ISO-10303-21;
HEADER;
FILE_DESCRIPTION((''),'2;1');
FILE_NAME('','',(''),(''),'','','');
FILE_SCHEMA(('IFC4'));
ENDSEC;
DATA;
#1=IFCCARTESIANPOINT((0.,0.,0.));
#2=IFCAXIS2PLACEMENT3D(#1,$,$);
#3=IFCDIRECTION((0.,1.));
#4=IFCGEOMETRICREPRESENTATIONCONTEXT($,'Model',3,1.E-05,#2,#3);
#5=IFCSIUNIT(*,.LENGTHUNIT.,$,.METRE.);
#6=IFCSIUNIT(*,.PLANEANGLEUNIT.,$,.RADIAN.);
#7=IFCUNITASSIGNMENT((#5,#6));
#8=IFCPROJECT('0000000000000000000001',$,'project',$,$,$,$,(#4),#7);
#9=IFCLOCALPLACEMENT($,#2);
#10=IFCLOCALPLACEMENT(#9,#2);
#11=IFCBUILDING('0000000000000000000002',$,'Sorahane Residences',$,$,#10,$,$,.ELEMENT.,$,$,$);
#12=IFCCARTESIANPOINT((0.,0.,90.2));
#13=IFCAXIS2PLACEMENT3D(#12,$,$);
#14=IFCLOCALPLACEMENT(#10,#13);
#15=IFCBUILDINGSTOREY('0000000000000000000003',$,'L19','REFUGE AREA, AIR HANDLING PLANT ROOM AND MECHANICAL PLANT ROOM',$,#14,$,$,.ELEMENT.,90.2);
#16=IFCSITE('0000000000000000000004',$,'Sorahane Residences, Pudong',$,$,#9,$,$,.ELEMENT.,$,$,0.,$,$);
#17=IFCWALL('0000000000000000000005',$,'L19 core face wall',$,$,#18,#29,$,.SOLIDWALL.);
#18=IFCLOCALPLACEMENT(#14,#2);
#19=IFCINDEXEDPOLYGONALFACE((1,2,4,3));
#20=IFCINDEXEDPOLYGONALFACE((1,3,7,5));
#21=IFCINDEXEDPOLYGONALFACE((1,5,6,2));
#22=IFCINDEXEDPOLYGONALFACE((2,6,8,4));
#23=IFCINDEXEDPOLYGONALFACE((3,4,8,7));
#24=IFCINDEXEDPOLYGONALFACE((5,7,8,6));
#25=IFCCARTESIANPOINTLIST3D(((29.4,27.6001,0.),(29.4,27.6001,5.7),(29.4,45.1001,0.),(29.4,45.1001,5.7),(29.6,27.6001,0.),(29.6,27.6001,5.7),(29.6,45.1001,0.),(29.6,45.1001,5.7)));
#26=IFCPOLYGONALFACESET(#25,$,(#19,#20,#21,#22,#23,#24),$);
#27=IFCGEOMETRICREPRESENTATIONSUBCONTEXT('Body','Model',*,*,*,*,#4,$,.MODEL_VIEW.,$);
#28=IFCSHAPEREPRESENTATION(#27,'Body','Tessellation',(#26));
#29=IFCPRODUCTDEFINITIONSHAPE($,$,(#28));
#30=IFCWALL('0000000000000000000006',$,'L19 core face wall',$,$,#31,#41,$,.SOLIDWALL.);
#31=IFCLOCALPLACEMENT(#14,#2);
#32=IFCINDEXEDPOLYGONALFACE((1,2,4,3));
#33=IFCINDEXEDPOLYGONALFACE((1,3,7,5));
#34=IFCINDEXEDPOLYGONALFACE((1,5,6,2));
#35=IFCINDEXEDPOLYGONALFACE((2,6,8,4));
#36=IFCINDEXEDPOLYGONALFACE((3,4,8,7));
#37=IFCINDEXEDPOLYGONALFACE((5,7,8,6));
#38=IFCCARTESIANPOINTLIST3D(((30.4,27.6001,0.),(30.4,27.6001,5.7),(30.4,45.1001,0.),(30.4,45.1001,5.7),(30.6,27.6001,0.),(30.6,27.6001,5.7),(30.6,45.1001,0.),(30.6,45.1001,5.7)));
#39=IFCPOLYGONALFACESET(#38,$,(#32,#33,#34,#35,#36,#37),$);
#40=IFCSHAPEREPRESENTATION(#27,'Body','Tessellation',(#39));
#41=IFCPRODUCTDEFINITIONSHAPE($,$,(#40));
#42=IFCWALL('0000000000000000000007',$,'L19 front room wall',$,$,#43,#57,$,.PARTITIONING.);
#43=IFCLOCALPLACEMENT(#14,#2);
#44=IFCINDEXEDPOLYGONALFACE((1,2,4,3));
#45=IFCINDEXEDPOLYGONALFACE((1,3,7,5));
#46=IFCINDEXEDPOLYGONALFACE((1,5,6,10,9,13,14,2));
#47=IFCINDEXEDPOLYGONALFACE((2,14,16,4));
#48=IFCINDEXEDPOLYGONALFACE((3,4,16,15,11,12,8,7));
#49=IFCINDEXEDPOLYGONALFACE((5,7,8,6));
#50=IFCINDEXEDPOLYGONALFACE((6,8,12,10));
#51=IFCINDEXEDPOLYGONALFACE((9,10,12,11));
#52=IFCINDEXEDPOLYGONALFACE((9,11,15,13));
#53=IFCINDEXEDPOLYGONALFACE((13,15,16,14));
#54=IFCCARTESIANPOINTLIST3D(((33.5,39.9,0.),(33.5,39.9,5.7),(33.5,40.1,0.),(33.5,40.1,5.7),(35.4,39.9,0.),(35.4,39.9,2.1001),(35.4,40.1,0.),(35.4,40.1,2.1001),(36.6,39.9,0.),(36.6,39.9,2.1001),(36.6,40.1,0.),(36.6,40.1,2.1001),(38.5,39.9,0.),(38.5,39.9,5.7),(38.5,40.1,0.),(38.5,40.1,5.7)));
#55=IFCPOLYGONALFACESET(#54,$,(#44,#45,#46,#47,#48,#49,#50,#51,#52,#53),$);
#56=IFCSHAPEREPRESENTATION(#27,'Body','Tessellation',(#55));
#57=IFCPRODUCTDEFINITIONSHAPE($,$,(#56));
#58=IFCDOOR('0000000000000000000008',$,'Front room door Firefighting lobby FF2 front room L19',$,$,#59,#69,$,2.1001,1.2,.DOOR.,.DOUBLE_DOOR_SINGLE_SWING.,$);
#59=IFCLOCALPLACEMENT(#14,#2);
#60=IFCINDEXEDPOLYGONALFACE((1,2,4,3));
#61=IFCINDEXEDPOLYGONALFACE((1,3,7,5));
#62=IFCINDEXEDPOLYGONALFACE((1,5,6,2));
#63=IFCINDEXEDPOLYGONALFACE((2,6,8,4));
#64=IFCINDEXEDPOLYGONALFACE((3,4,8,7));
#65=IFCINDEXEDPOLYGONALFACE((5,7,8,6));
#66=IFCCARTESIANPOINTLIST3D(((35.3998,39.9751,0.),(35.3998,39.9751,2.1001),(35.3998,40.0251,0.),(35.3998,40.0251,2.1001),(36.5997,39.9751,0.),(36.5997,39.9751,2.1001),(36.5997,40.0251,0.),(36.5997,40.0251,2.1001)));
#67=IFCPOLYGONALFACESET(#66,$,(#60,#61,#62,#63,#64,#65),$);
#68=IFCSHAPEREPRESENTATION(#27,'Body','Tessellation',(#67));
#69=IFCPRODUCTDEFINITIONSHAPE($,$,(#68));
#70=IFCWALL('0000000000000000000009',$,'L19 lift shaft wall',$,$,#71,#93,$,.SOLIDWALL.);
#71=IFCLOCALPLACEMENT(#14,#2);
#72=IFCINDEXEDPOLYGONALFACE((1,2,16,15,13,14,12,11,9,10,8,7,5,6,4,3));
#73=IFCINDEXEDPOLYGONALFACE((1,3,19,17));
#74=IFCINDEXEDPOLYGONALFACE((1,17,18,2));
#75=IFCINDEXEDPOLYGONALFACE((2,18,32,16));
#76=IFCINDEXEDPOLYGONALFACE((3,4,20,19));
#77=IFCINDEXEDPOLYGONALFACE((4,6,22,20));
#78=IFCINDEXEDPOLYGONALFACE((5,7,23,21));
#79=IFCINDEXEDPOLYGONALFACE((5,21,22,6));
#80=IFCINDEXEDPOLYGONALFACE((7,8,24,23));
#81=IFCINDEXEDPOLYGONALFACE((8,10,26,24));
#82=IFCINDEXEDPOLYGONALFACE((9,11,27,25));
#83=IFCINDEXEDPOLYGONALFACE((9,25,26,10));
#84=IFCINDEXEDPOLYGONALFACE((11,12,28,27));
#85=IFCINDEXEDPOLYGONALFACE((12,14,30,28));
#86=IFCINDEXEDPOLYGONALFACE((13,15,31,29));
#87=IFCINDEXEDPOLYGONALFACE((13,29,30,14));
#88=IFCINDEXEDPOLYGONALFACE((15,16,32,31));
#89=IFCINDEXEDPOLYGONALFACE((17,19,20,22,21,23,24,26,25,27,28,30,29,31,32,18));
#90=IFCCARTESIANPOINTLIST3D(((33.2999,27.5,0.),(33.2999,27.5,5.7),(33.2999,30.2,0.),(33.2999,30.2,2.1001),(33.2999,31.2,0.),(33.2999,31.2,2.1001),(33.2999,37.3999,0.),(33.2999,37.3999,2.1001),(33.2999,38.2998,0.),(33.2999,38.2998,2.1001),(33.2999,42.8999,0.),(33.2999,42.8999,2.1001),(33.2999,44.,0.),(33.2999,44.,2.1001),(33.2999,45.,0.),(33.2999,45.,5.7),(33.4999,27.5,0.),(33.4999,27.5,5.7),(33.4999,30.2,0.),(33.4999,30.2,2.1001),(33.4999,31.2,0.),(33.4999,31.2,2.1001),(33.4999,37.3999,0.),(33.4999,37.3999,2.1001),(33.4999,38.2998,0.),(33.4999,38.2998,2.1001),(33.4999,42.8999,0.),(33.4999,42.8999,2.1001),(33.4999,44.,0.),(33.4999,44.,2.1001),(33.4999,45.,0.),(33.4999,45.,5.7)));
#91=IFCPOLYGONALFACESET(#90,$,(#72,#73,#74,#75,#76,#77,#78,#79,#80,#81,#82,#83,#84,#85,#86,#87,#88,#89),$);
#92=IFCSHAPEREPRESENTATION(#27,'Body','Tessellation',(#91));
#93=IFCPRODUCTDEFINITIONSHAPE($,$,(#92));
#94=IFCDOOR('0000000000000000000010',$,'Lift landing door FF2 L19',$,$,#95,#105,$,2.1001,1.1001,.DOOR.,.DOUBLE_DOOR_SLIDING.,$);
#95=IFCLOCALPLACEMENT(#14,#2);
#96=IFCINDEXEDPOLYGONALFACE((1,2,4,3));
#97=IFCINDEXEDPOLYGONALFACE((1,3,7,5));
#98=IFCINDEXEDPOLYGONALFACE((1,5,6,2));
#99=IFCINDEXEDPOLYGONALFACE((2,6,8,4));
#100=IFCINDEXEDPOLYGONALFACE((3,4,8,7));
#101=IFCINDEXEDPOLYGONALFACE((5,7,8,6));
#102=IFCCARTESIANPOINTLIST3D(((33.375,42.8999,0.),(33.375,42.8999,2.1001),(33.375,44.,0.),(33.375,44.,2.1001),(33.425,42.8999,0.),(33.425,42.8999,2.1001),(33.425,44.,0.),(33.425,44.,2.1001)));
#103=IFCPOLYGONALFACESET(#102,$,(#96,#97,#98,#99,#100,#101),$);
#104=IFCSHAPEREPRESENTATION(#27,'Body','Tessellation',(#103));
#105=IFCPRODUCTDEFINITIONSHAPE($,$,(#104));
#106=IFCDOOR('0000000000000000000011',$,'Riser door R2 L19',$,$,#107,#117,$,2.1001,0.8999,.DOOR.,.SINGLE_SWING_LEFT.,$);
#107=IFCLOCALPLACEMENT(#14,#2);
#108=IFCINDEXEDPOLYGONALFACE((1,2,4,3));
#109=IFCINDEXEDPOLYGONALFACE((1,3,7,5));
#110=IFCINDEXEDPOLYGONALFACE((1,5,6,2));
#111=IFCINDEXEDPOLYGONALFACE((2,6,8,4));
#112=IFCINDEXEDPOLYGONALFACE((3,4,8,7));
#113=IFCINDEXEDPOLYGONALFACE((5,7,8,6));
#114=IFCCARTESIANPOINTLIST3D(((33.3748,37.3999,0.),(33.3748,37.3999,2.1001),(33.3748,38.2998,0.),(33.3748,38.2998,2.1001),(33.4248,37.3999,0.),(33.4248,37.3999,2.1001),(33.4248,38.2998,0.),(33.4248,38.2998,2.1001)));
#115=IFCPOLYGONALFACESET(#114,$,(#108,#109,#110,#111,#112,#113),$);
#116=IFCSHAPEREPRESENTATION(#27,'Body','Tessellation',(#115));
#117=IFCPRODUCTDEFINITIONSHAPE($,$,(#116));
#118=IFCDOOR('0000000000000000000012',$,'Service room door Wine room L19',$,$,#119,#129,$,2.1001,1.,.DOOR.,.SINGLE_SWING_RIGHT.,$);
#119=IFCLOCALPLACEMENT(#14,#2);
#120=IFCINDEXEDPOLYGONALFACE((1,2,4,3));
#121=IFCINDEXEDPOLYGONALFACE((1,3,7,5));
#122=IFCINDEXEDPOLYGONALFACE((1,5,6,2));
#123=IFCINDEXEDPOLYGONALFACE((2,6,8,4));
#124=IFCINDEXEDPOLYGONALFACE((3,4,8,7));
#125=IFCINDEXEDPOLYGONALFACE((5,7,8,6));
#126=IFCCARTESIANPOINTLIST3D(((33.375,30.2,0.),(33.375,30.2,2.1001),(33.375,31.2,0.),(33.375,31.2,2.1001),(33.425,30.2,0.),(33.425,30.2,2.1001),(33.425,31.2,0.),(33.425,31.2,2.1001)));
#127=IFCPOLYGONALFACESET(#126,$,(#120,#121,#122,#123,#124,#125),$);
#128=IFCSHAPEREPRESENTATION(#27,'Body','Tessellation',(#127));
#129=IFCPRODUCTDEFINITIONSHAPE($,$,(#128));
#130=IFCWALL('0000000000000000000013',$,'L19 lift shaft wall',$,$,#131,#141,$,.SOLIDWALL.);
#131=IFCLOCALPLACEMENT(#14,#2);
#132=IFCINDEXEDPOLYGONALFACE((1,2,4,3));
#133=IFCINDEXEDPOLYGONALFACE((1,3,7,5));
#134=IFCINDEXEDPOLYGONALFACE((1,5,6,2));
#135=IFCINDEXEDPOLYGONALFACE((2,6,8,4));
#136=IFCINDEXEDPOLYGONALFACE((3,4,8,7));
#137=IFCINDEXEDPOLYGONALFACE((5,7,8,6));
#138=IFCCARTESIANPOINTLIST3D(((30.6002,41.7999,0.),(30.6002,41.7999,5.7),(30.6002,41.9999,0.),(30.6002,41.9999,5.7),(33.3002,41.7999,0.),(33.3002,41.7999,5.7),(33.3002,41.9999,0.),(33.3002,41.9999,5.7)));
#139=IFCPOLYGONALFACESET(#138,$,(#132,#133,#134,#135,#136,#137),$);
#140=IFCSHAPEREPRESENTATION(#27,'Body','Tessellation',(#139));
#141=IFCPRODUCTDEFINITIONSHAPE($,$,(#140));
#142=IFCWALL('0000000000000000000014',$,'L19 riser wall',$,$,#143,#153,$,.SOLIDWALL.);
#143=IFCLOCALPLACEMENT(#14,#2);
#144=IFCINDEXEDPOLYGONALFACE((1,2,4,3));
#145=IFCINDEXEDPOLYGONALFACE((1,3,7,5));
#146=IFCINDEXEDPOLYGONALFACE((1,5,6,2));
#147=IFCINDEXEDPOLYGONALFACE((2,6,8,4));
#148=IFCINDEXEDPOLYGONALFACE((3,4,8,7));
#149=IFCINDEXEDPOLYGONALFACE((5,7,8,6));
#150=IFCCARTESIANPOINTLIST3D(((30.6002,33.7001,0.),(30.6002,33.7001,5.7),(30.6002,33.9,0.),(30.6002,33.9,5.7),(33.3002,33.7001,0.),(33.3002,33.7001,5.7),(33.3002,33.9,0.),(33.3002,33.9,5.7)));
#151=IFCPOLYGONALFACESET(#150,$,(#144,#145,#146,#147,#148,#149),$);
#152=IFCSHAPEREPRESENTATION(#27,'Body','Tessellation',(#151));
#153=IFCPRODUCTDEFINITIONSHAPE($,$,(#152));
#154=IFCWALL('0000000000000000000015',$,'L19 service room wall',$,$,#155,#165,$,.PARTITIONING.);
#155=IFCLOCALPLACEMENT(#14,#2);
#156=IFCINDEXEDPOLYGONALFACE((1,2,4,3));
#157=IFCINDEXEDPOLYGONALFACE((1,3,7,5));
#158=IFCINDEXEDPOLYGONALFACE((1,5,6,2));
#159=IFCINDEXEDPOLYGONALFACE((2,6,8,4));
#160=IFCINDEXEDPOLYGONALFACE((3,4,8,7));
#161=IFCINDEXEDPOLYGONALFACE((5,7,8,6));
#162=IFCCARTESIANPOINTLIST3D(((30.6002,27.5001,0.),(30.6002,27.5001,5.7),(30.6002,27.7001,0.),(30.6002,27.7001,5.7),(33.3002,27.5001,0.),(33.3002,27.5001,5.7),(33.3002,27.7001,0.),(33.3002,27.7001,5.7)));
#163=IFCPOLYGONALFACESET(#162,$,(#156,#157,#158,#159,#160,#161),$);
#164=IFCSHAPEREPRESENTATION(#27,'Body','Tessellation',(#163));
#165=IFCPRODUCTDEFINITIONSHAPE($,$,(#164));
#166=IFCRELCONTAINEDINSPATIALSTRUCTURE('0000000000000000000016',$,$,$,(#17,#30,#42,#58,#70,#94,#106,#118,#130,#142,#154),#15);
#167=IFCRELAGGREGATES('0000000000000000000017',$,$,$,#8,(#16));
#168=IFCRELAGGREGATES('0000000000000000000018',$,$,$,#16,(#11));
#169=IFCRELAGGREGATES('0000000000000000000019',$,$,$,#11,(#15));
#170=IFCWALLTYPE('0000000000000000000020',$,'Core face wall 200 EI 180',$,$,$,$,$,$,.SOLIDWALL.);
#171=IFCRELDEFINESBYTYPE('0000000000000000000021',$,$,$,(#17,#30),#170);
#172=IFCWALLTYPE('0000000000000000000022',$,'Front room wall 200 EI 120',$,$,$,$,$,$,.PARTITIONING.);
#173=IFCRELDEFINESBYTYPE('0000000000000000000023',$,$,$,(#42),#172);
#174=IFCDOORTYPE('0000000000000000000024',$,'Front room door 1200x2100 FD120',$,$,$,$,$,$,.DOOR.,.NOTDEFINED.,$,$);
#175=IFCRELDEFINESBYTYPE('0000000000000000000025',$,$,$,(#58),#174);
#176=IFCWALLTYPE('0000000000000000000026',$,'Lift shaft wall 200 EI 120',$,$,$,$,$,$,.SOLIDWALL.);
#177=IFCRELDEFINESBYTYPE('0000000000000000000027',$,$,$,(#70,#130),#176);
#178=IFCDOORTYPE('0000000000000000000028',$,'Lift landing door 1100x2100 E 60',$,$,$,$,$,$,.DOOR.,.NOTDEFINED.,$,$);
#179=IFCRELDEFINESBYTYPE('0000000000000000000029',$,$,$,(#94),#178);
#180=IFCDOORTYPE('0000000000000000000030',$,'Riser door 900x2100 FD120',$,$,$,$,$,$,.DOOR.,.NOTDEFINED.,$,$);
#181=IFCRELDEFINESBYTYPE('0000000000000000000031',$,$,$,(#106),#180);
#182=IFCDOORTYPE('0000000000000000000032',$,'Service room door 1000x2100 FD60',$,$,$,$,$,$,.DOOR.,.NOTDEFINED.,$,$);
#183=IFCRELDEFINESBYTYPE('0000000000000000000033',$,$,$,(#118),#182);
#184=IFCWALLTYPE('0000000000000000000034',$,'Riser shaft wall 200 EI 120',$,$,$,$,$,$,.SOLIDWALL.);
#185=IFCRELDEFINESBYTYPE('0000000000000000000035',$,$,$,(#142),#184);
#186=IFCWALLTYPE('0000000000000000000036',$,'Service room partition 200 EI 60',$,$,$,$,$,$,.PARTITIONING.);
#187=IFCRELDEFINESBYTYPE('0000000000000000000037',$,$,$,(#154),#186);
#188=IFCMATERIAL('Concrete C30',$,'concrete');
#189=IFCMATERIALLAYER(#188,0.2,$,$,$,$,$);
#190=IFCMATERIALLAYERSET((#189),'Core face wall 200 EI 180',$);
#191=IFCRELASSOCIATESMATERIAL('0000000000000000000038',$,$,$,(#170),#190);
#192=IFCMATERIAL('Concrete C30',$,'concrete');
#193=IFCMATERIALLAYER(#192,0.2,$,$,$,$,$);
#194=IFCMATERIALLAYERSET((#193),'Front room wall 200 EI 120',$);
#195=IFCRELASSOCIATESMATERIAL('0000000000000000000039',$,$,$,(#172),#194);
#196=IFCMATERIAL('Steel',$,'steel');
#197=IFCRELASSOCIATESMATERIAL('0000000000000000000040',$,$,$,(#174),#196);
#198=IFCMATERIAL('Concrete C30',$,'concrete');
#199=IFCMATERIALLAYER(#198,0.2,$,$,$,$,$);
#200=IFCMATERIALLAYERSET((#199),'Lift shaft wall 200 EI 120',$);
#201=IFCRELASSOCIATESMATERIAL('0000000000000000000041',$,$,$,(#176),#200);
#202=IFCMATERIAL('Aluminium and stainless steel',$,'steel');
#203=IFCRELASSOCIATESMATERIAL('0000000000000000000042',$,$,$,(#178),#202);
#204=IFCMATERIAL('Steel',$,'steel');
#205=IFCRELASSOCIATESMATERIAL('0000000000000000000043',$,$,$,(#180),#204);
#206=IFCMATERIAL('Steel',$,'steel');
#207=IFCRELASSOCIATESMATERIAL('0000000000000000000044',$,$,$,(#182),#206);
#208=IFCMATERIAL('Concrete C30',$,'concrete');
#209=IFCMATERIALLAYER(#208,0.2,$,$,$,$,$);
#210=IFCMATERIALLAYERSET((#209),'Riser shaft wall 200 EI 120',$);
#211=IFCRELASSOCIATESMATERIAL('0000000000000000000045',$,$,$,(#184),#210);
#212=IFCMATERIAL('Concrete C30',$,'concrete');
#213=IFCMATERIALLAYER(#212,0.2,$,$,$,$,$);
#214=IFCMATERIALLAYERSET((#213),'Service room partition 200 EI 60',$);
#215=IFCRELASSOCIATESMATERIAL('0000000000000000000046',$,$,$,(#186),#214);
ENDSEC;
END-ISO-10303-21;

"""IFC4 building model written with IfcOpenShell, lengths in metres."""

from ifc_helpers import new_model, si_unit, direction, frame, frame_2d, origin, place, context, subcontext, project, spatial, rectangle, extrude, material, layer, layer_set, type_object, element, fill, save


model = new_model("IFC4")

# Units and contexts
model_context = context("Model", 3, precision=1e-05, world=origin(), true_north=direction((0.0, 1.0)))
body_context = subcontext(model_context, "Body", "Model", "MODEL_VIEW")
ifc_project = project(units=[si_unit("LENGTHUNIT", "METRE"), si_unit("PLANEANGLEUNIT", "RADIAN")], contexts=[model_context])

# Site, building, storey
site_placement = place(None, origin())
site = spatial("IfcSite", under=ifc_project, at=site_placement, Name="Sorahane Residences, Pudong", CompositionType="ELEMENT", RefElevation=0.0)
building_placement = place(site_placement, origin())
building = spatial("IfcBuilding", under=site, at=building_placement, Name="Sorahane Residences", CompositionType="ELEMENT")
storey_placement = place(building_placement, frame((0.0, 0.0, 90.2)))
storey = spatial("IfcBuildingStorey", under=building, at=storey_placement, Name="L19", Description="REFUGE AREA, AIR HANDLING PLANT ROOM AND MECHANICAL PLANT ROOM", CompositionType="ELEMENT", Elevation=90.2)

# Walls
ifc_material_1 = material(Name="Concrete C30", Category="concrete")
ifc_layer_1 = layer(ifc_material_1, 0.2)
ifc_layer_set_1 = layer_set([ifc_layer_1], Name="Core face wall 200 EI 180")
wall_type_1 = type_object("IfcWallType", Name="Core face wall 200 EI 180", PredefinedType="SOLIDWALL", material=ifc_layer_set_1)
for number, where, z_axis, x_axis, name in (
    (1, (29.5, 27.6001, 0.0), (0.0, 0.0, 1.0), (0.0, 1.0, 0.0), "L19 core face wall"),
    (2, (30.5, 27.6001, 0.0), (0.0, 0.0, 1.0), (0.0, 1.0, 0.0), "L19 core face wall"),
):
    element("IfcWall", number, at=place(storey_placement, frame(where, z_axis=z_axis, x_axis=x_axis)), inside=storey, type_object=wall_type_1, Name=name, PredefinedType="SOLIDWALL", context=body_context, shape_type="SweptSolid", body=[
        extrude(rectangle(XDim=17.5, YDim=0.2, at=frame_2d((8.75, 0.0))), origin(), (0.0, 0.0, 1.0), 5.7),
    ])

# Wall, opening, door
ifc_material_2 = material(Name="Concrete C30", Category="concrete")
ifc_layer_2 = layer(ifc_material_2, 0.2)
ifc_layer_set_2 = layer_set([ifc_layer_2], Name="Front room wall 200 EI 120")
wall_type_2 = type_object("IfcWallType", Name="Front room wall 200 EI 120", PredefinedType="PARTITIONING", material=ifc_layer_set_2)
wall_1_placement = place(storey_placement, frame((33.5, 40.0, 0.0), z_axis=(0.0, 0.0, 1.0), x_axis=(1.0, 0.0, 0.0)))
wall_1 = element("IfcWall", 3, at=wall_1_placement, inside=storey, type_object=wall_type_2, Name="L19 front room wall", PredefinedType="PARTITIONING", context=body_context, shape_type="SweptSolid", body=[
    extrude(rectangle(XDim=5.0, YDim=0.2, at=frame_2d((2.5, 0.0))), origin(), (0.0, 0.0, 1.0), 5.7),
])
opening_1_placement = place(wall_1_placement, frame((1.8999, 0.0, 0.0)))
opening_1 = element("IfcOpeningElement", 4, at=opening_1_placement, cuts=wall_1, PredefinedType="OPENING", context=body_context, shape_type="SweptSolid", body=[
    extrude(rectangle(XDim=1.2, YDim=2.1001, at=frame_2d((0.6001, 1.05))), frame((0.0, 0.1099, 0.0), z_axis=(0.0, -1.0, 0.0), x_axis=(1.0, 0.0, 0.0)), (0.0, 0.0, 1.0), 0.22),
])
ifc_material_3 = material(Name="Steel", Category="steel")
door_type_1 = type_object("IfcDoorType", Name="Front room door 1200x2100 FD120", OperationType="NOTDEFINED", PredefinedType="DOOR", material=ifc_material_3)
door_1_placement = place(opening_1_placement, frame((1.2, 0.0, 0.0), z_axis=(0.0, 0.0, 1.0), x_axis=(-1.0, 0.0, 0.0)))
door_1 = element("IfcDoor", 5, at=door_1_placement, inside=storey, type_object=door_type_1, Name="Front room door Firefighting lobby FF2 front room L19", OperationType="DOUBLE_DOOR_SINGLE_SWING", OverallHeight=2.1001, OverallWidth=1.2, PredefinedType="DOOR", context=body_context, shape_type="SweptSolid", body=[
    extrude(rectangle(XDim=1.2, YDim=2.1001, at=frame_2d((0.6001, 1.05))), frame((0.0, 0.0249, 0.0), z_axis=(0.0, -1.0, 0.0), x_axis=(1.0, 0.0, 0.0)), (0.0, 0.0, 1.0), 0.05),
])
fill(opening_1, door_1)

# Wall, openings, doors
ifc_material_4 = material(Name="Concrete C30", Category="concrete")
ifc_layer_3 = layer(ifc_material_4, 0.2)
ifc_layer_set_3 = layer_set([ifc_layer_3], Name="Lift shaft wall 200 EI 120")
wall_type_3 = type_object("IfcWallType", Name="Lift shaft wall 200 EI 120", PredefinedType="SOLIDWALL", material=ifc_layer_set_3)
wall_2_placement = place(storey_placement, frame((33.3999, 27.5, 0.0), z_axis=(0.0, 0.0, 1.0), x_axis=(0.0, 1.0, 0.0)))
wall_2 = element("IfcWall", 6, at=wall_2_placement, inside=storey, type_object=wall_type_3, Name="L19 lift shaft wall", PredefinedType="SOLIDWALL", context=body_context, shape_type="SweptSolid", body=[
    extrude(rectangle(XDim=17.5, YDim=0.2, at=frame_2d((8.75, 0.0))), origin(), (0.0, 0.0, 1.0), 5.7),
])
opening_2_placement = place(wall_2_placement, frame((15.3999, 0.0, 0.0)))
opening_2 = element("IfcOpeningElement", 7, at=opening_2_placement, cuts=wall_2, PredefinedType="OPENING", context=body_context, shape_type="SweptSolid", body=[
    extrude(rectangle(XDim=1.1001, YDim=2.1001, at=frame_2d((0.55, 1.05))), frame((0.0, 0.1099, 0.0), z_axis=(0.0, -1.0, 0.0), x_axis=(1.0, 0.0, 0.0)), (0.0, 0.0, 1.0), 0.22),
])
opening_3_placement = place(wall_2_placement, frame((2.7, 0.0, 0.0)))
opening_3 = element("IfcOpeningElement", 8, at=opening_3_placement, cuts=wall_2, PredefinedType="OPENING", context=body_context, shape_type="SweptSolid", body=[
    extrude(rectangle(XDim=1.0, YDim=2.1001, at=frame_2d((0.5, 1.05))), frame((0.0, 0.1099, 0.0), z_axis=(0.0, -1.0, 0.0), x_axis=(1.0, 0.0, 0.0)), (0.0, 0.0, 1.0), 0.22),
])
opening_4_placement = place(wall_2_placement, frame((9.8999, 0.0, 0.0)))
opening_4 = element("IfcOpeningElement", 9, at=opening_4_placement, cuts=wall_2, PredefinedType="OPENING", context=body_context, shape_type="SweptSolid", body=[
    extrude(rectangle(XDim=0.8999, YDim=2.1001, at=frame_2d((0.45, 1.05))), frame((0.0, 0.1099, 0.0), z_axis=(0.0, -1.0, 0.0), x_axis=(1.0, 0.0, 0.0)), (0.0, 0.0, 1.0), 0.22),
])
ifc_material_5 = material(Name="Aluminium and stainless steel", Category="steel")
door_type_2 = type_object("IfcDoorType", Name="Lift landing door 1100x2100 E 60", OperationType="NOTDEFINED", PredefinedType="DOOR", material=ifc_material_5)
door_2_placement = place(opening_2_placement, origin())
door_2 = element("IfcDoor", 10, at=door_2_placement, inside=storey, type_object=door_type_2, Name="Lift landing door FF2 L19", OperationType="DOUBLE_DOOR_SLIDING", OverallHeight=2.1001, OverallWidth=1.1001, PredefinedType="DOOR", context=body_context, shape_type="SweptSolid", body=[
    extrude(rectangle(XDim=1.1001, YDim=2.1001, at=frame_2d((0.55, 1.05))), frame((0.0, 0.0249, 0.0), z_axis=(0.0, -1.0, 0.0), x_axis=(1.0, 0.0, 0.0)), (0.0, 0.0, 1.0), 0.05),
])
fill(opening_2, door_2)
ifc_material_6 = material(Name="Steel", Category="steel")
door_type_3 = type_object("IfcDoorType", Name="Riser door 900x2100 FD120", OperationType="NOTDEFINED", PredefinedType="DOOR", material=ifc_material_6)
door_3_placement = place(opening_4_placement, frame((0.8999, 0.0, 0.0), z_axis=(0.0, 0.0, 1.0), x_axis=(-1.0, 0.0, 0.0)))
door_3 = element("IfcDoor", 11, at=door_3_placement, inside=storey, type_object=door_type_3, Name="Riser door R2 L19", OperationType="SINGLE_SWING_LEFT", OverallHeight=2.1001, OverallWidth=0.8999, PredefinedType="DOOR", context=body_context, shape_type="SweptSolid", body=[
    extrude(rectangle(XDim=0.8999, YDim=2.1001, at=frame_2d((0.45, 1.05))), frame((0.0, 0.0249, 0.0), z_axis=(0.0, -1.0, 0.0), x_axis=(1.0, 0.0, 0.0)), (0.0, 0.0, 1.0), 0.05),
])
fill(opening_4, door_3)
ifc_material_7 = material(Name="Steel", Category="steel")
door_type_4 = type_object("IfcDoorType", Name="Service room door 1000x2100 FD60", OperationType="NOTDEFINED", PredefinedType="DOOR", material=ifc_material_7)
door_4_placement = place(opening_3_placement, origin())
door_4 = element("IfcDoor", 12, at=door_4_placement, inside=storey, type_object=door_type_4, Name="Service room door Wine room L19", OperationType="SINGLE_SWING_RIGHT", OverallHeight=2.1001, OverallWidth=1.0, PredefinedType="DOOR", context=body_context, shape_type="SweptSolid", body=[
    extrude(rectangle(XDim=1.0, YDim=2.1001, at=frame_2d((0.5, 1.05))), frame((0.0, 0.0249, 0.0), z_axis=(0.0, -1.0, 0.0), x_axis=(1.0, 0.0, 0.0)), (0.0, 0.0, 1.0), 0.05),
])
fill(opening_3, door_4)

# Walls
wall_3_placement = place(storey_placement, frame((30.6001, 41.8999, 0.0), z_axis=(0.0, 0.0, 1.0), x_axis=(1.0, 0.0, 0.0)))
element("IfcWall", 13, at=wall_3_placement, inside=storey, type_object=wall_type_3, Name="L19 lift shaft wall", PredefinedType="SOLIDWALL", context=body_context, shape_type="SweptSolid", body=[
    extrude(rectangle(XDim=2.7, YDim=0.2, at=frame_2d((1.3501, 0.0))), origin(), (0.0, 0.0, 1.0), 5.7),
])
ifc_material_8 = material(Name="Concrete C30", Category="concrete")
ifc_layer_4 = layer(ifc_material_8, 0.2)
ifc_layer_set_4 = layer_set([ifc_layer_4], Name="Riser shaft wall 200 EI 120")
wall_type_4 = type_object("IfcWallType", Name="Riser shaft wall 200 EI 120", PredefinedType="SOLIDWALL", material=ifc_layer_set_4)
wall_4_placement = place(storey_placement, frame((30.6001, 33.8, 0.0), z_axis=(0.0, 0.0, 1.0), x_axis=(1.0, 0.0, 0.0)))
element("IfcWall", 14, at=wall_4_placement, inside=storey, type_object=wall_type_4, Name="L19 riser wall", PredefinedType="SOLIDWALL", context=body_context, shape_type="SweptSolid", body=[
    extrude(rectangle(XDim=2.7, YDim=0.2, at=frame_2d((1.3501, 0.0))), origin(), (0.0, 0.0, 1.0), 5.7),
])
ifc_material_9 = material(Name="Concrete C30", Category="concrete")
ifc_layer_5 = layer(ifc_material_9, 0.2)
ifc_layer_set_5 = layer_set([ifc_layer_5], Name="Service room partition 200 EI 60")
wall_type_5 = type_object("IfcWallType", Name="Service room partition 200 EI 60", PredefinedType="PARTITIONING", material=ifc_layer_set_5)
for number, where, z_axis, x_axis, name in (
    (15, (30.6001, 27.6001, 0.0), (0.0, 0.0, 1.0), (1.0, 0.0, 0.0), "L19 service room wall"),
):
    element("IfcWall", number, at=place(storey_placement, frame(where, z_axis=z_axis, x_axis=x_axis)), inside=storey, type_object=wall_type_5, Name=name, PredefinedType="PARTITIONING", context=body_context, shape_type="SweptSolid", body=[
        extrude(rectangle(XDim=2.7, YDim=0.2, at=frame_2d((1.3501, 0.0))), origin(), (0.0, 0.0, 1.0), 5.7),
    ])

save(model, "model.ifc")
